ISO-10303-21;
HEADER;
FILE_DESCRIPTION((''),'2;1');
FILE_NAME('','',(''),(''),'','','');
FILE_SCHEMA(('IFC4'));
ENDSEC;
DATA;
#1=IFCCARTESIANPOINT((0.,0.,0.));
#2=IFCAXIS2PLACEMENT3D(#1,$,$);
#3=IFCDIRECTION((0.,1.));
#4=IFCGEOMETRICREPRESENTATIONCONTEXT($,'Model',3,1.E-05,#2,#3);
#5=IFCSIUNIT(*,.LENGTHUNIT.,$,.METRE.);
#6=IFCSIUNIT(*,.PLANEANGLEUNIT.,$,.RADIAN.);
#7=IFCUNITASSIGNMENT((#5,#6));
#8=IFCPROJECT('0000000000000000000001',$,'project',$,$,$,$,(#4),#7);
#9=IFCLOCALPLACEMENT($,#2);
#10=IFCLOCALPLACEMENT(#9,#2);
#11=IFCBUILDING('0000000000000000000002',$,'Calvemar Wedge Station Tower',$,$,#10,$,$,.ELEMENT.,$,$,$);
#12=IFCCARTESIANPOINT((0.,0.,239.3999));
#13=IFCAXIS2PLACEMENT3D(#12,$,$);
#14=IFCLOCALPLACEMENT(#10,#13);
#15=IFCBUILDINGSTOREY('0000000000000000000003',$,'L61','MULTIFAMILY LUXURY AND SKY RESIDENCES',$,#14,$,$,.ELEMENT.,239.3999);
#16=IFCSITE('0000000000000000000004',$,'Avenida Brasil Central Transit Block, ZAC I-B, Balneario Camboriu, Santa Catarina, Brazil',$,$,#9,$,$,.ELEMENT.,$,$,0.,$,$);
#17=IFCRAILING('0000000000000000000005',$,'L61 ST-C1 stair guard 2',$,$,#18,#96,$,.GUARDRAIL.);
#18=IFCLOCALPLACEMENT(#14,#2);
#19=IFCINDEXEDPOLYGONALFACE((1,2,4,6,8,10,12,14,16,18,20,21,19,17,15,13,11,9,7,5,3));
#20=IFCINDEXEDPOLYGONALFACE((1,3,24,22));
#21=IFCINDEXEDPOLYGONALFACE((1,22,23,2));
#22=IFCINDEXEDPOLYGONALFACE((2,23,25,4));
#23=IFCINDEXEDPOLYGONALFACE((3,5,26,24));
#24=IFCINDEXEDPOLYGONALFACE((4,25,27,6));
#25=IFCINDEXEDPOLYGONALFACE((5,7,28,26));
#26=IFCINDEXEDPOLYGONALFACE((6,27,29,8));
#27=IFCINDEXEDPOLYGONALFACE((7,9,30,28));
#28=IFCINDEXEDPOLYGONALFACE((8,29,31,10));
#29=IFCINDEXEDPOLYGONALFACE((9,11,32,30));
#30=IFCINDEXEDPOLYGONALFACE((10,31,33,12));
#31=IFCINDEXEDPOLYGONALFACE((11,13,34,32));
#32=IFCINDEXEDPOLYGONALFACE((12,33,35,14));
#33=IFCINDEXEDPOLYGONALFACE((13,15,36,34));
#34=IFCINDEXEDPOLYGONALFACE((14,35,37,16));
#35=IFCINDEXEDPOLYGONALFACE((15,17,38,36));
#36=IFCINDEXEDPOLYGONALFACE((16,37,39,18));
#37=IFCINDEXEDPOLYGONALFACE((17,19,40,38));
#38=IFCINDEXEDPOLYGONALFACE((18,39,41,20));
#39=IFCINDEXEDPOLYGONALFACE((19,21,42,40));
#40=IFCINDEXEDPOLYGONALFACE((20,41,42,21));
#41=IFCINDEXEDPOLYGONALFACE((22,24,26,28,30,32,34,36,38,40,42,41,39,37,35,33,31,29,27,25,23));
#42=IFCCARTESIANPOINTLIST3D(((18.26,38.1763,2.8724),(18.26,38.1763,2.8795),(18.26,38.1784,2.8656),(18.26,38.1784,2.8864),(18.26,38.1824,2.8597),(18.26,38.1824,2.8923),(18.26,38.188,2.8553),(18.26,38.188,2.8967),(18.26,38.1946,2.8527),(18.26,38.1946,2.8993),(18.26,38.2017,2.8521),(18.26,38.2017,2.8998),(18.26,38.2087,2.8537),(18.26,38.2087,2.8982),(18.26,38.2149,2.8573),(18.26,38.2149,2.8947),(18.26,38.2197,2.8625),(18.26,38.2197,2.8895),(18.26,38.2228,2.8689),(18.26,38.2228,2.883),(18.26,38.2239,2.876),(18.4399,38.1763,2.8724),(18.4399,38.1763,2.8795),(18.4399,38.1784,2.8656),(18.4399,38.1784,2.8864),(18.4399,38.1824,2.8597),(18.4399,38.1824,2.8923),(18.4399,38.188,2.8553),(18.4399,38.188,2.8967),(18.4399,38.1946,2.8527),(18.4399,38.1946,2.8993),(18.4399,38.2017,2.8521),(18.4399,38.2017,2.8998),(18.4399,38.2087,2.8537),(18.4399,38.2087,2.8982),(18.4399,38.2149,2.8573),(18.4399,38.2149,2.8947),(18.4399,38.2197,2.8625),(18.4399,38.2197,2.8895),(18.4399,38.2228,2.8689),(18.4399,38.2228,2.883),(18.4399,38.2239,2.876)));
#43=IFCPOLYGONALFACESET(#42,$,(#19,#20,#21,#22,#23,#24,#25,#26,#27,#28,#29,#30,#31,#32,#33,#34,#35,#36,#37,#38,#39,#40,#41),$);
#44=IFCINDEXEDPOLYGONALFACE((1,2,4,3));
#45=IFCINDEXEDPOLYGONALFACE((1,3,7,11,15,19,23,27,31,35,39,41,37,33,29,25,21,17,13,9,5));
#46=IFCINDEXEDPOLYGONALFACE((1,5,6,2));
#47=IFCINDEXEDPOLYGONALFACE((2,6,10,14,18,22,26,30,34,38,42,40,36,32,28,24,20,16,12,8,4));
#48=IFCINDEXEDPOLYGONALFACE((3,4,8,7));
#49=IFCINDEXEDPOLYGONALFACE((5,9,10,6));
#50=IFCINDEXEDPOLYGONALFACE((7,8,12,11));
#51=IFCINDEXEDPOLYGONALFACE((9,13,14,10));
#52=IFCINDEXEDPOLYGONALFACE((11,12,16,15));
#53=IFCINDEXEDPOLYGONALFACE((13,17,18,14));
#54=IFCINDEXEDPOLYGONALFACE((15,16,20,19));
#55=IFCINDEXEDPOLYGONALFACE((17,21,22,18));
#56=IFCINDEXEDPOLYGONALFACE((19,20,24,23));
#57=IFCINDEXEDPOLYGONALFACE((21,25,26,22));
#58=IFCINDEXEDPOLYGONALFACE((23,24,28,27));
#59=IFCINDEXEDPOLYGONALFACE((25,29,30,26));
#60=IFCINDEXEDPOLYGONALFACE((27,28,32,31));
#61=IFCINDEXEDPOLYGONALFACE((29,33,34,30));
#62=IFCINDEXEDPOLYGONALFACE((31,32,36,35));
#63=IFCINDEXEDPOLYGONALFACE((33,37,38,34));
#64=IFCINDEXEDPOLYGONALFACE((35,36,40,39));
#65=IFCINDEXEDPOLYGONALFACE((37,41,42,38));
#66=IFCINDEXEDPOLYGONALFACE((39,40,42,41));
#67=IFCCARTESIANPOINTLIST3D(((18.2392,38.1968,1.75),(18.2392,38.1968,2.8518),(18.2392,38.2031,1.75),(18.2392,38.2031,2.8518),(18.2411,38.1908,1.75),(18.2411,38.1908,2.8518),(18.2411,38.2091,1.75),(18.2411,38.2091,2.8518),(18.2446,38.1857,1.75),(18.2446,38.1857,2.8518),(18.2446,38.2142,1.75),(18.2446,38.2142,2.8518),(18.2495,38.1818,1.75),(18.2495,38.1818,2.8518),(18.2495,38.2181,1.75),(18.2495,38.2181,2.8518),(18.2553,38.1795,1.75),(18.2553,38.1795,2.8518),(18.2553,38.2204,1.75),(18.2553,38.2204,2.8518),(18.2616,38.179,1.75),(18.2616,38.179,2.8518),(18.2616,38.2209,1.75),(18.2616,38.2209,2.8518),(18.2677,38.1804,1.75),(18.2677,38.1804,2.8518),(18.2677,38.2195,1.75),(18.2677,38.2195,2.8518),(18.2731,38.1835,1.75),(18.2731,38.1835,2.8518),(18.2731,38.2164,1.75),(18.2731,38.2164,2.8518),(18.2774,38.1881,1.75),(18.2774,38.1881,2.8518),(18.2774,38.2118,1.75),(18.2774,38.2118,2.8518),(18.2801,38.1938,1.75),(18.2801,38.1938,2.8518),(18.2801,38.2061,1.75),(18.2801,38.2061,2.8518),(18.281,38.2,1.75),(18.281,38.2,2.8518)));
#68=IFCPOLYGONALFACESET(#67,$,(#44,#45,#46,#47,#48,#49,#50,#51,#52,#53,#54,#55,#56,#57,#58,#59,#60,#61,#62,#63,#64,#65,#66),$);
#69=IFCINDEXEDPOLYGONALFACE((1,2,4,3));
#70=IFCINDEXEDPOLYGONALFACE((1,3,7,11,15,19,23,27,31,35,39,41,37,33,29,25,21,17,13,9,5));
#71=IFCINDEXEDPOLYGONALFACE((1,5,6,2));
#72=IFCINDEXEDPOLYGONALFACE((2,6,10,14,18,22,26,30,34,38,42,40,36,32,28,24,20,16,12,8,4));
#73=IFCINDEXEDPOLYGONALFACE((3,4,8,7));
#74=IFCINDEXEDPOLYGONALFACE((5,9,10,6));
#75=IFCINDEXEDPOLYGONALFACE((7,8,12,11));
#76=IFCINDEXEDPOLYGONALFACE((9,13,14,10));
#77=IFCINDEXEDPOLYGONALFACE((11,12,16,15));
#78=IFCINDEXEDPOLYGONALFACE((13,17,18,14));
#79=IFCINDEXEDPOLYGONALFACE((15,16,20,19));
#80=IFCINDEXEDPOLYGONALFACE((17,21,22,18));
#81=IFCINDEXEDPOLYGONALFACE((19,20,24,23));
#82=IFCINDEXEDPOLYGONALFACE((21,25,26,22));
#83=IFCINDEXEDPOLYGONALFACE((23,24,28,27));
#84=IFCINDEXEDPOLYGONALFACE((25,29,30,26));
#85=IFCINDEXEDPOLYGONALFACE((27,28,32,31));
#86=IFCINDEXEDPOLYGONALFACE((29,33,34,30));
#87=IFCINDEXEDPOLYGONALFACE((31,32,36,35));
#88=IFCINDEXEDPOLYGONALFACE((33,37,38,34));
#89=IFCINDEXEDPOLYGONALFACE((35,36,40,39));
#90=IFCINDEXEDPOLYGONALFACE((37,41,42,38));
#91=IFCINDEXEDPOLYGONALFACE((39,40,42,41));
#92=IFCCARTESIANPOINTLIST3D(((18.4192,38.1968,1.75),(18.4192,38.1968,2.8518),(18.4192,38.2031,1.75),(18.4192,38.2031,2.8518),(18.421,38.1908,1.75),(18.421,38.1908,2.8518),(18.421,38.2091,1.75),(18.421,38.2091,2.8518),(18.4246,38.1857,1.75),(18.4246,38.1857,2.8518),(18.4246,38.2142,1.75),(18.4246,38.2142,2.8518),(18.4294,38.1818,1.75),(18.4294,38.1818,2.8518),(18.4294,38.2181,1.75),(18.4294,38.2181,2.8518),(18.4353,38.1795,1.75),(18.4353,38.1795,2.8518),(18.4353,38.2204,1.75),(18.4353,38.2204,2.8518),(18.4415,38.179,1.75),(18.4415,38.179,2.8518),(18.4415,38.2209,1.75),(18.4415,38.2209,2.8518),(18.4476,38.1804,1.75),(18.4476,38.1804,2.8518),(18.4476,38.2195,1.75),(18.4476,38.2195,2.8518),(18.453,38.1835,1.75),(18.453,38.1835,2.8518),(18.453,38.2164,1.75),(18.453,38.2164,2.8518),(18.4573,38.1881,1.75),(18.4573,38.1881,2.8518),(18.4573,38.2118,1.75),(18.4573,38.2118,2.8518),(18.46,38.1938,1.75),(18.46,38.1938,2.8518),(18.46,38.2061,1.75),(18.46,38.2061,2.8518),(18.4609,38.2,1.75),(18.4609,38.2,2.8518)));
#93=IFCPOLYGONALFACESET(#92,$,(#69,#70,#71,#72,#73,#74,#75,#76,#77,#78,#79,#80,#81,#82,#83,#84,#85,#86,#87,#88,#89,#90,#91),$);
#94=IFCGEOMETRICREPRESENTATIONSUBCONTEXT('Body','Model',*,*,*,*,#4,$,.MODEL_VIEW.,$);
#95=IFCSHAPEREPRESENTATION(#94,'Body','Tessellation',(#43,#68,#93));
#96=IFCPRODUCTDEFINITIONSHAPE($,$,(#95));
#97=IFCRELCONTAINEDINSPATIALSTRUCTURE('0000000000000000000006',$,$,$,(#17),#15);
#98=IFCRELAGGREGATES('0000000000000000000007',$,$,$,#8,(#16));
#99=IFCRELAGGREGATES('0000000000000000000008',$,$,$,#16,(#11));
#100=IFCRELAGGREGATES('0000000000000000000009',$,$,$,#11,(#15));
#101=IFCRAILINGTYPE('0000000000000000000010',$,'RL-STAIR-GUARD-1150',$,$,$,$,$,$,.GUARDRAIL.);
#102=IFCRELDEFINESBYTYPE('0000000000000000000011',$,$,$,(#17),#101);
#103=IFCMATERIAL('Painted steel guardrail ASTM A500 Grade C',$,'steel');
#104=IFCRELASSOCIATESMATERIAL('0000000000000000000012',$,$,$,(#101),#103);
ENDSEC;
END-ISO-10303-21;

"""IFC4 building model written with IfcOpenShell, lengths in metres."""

from ifc_helpers import new_model, si_unit, direction, frame, origin, origin_2d, place, context, subcontext, project, spatial, circle, extrude, material, type_object, element, save


model = new_model("IFC4")

# Units and contexts
model_context = context("Model", 3, precision=1e-05, world=origin(), true_north=direction((0.0, 1.0)))
body_context = subcontext(model_context, "Body", "Model", "MODEL_VIEW")
ifc_project = project(units=[si_unit("LENGTHUNIT", "METRE"), si_unit("PLANEANGLEUNIT", "RADIAN")], contexts=[model_context])

# Site, building, storey
site_placement = place(None, origin())
site = spatial("IfcSite", under=ifc_project, at=site_placement, Name="Avenida Brasil Central Transit Block, ZAC I-B, Balneario Camboriu, Santa Catarina, Brazil", CompositionType="ELEMENT", RefElevation=0.0)
building_placement = place(site_placement, origin())
building = spatial("IfcBuilding", under=site, at=building_placement, Name="Calvemar Wedge Station Tower", CompositionType="ELEMENT")
storey_placement = place(building_placement, frame((0.0, 0.0, 239.3999)))
storey = spatial("IfcBuildingStorey", under=building, at=storey_placement, Name="L61", Description="MULTIFAMILY LUXURY AND SKY RESIDENCES", CompositionType="ELEMENT", Elevation=239.3999)

# Railing
ifc_material_1 = material(Name="Painted steel guardrail ASTM A500 Grade C", Category="steel")
railing_type_1 = type_object("IfcRailingType", Name="RL-STAIR-GUARD-1150", PredefinedType="GUARDRAIL", material=ifc_material_1)
railing_1_placement = place(storey_placement, frame((18.26, 38.2, 1.75)))
element("IfcRailing", 1, at=railing_1_placement, inside=storey, type_object=railing_type_1, Name="L61 ST-C1 stair guard 2", PredefinedType="GUARDRAIL", context=body_context, shape_type="SweptSolid", body=[
    extrude(circle(Radius=0.0239, at=origin_2d()), frame((0.0, 0.0, 1.126), z_axis=(1.0, 0.0, 0.0), x_axis=(0.0, 1.0, 0.0)), (0.0, 0.0, 1.0), 0.1799),
    extrude(circle(Radius=0.021, at=origin_2d()), origin(), (0.0, 0.0, 1.0), 1.1018),
    extrude(circle(Radius=0.021, at=origin_2d()), frame((0.1799, 0.0, 0.0)), (0.0, 0.0, 1.0), 1.1018),
])

save(model, "model.ifc")
